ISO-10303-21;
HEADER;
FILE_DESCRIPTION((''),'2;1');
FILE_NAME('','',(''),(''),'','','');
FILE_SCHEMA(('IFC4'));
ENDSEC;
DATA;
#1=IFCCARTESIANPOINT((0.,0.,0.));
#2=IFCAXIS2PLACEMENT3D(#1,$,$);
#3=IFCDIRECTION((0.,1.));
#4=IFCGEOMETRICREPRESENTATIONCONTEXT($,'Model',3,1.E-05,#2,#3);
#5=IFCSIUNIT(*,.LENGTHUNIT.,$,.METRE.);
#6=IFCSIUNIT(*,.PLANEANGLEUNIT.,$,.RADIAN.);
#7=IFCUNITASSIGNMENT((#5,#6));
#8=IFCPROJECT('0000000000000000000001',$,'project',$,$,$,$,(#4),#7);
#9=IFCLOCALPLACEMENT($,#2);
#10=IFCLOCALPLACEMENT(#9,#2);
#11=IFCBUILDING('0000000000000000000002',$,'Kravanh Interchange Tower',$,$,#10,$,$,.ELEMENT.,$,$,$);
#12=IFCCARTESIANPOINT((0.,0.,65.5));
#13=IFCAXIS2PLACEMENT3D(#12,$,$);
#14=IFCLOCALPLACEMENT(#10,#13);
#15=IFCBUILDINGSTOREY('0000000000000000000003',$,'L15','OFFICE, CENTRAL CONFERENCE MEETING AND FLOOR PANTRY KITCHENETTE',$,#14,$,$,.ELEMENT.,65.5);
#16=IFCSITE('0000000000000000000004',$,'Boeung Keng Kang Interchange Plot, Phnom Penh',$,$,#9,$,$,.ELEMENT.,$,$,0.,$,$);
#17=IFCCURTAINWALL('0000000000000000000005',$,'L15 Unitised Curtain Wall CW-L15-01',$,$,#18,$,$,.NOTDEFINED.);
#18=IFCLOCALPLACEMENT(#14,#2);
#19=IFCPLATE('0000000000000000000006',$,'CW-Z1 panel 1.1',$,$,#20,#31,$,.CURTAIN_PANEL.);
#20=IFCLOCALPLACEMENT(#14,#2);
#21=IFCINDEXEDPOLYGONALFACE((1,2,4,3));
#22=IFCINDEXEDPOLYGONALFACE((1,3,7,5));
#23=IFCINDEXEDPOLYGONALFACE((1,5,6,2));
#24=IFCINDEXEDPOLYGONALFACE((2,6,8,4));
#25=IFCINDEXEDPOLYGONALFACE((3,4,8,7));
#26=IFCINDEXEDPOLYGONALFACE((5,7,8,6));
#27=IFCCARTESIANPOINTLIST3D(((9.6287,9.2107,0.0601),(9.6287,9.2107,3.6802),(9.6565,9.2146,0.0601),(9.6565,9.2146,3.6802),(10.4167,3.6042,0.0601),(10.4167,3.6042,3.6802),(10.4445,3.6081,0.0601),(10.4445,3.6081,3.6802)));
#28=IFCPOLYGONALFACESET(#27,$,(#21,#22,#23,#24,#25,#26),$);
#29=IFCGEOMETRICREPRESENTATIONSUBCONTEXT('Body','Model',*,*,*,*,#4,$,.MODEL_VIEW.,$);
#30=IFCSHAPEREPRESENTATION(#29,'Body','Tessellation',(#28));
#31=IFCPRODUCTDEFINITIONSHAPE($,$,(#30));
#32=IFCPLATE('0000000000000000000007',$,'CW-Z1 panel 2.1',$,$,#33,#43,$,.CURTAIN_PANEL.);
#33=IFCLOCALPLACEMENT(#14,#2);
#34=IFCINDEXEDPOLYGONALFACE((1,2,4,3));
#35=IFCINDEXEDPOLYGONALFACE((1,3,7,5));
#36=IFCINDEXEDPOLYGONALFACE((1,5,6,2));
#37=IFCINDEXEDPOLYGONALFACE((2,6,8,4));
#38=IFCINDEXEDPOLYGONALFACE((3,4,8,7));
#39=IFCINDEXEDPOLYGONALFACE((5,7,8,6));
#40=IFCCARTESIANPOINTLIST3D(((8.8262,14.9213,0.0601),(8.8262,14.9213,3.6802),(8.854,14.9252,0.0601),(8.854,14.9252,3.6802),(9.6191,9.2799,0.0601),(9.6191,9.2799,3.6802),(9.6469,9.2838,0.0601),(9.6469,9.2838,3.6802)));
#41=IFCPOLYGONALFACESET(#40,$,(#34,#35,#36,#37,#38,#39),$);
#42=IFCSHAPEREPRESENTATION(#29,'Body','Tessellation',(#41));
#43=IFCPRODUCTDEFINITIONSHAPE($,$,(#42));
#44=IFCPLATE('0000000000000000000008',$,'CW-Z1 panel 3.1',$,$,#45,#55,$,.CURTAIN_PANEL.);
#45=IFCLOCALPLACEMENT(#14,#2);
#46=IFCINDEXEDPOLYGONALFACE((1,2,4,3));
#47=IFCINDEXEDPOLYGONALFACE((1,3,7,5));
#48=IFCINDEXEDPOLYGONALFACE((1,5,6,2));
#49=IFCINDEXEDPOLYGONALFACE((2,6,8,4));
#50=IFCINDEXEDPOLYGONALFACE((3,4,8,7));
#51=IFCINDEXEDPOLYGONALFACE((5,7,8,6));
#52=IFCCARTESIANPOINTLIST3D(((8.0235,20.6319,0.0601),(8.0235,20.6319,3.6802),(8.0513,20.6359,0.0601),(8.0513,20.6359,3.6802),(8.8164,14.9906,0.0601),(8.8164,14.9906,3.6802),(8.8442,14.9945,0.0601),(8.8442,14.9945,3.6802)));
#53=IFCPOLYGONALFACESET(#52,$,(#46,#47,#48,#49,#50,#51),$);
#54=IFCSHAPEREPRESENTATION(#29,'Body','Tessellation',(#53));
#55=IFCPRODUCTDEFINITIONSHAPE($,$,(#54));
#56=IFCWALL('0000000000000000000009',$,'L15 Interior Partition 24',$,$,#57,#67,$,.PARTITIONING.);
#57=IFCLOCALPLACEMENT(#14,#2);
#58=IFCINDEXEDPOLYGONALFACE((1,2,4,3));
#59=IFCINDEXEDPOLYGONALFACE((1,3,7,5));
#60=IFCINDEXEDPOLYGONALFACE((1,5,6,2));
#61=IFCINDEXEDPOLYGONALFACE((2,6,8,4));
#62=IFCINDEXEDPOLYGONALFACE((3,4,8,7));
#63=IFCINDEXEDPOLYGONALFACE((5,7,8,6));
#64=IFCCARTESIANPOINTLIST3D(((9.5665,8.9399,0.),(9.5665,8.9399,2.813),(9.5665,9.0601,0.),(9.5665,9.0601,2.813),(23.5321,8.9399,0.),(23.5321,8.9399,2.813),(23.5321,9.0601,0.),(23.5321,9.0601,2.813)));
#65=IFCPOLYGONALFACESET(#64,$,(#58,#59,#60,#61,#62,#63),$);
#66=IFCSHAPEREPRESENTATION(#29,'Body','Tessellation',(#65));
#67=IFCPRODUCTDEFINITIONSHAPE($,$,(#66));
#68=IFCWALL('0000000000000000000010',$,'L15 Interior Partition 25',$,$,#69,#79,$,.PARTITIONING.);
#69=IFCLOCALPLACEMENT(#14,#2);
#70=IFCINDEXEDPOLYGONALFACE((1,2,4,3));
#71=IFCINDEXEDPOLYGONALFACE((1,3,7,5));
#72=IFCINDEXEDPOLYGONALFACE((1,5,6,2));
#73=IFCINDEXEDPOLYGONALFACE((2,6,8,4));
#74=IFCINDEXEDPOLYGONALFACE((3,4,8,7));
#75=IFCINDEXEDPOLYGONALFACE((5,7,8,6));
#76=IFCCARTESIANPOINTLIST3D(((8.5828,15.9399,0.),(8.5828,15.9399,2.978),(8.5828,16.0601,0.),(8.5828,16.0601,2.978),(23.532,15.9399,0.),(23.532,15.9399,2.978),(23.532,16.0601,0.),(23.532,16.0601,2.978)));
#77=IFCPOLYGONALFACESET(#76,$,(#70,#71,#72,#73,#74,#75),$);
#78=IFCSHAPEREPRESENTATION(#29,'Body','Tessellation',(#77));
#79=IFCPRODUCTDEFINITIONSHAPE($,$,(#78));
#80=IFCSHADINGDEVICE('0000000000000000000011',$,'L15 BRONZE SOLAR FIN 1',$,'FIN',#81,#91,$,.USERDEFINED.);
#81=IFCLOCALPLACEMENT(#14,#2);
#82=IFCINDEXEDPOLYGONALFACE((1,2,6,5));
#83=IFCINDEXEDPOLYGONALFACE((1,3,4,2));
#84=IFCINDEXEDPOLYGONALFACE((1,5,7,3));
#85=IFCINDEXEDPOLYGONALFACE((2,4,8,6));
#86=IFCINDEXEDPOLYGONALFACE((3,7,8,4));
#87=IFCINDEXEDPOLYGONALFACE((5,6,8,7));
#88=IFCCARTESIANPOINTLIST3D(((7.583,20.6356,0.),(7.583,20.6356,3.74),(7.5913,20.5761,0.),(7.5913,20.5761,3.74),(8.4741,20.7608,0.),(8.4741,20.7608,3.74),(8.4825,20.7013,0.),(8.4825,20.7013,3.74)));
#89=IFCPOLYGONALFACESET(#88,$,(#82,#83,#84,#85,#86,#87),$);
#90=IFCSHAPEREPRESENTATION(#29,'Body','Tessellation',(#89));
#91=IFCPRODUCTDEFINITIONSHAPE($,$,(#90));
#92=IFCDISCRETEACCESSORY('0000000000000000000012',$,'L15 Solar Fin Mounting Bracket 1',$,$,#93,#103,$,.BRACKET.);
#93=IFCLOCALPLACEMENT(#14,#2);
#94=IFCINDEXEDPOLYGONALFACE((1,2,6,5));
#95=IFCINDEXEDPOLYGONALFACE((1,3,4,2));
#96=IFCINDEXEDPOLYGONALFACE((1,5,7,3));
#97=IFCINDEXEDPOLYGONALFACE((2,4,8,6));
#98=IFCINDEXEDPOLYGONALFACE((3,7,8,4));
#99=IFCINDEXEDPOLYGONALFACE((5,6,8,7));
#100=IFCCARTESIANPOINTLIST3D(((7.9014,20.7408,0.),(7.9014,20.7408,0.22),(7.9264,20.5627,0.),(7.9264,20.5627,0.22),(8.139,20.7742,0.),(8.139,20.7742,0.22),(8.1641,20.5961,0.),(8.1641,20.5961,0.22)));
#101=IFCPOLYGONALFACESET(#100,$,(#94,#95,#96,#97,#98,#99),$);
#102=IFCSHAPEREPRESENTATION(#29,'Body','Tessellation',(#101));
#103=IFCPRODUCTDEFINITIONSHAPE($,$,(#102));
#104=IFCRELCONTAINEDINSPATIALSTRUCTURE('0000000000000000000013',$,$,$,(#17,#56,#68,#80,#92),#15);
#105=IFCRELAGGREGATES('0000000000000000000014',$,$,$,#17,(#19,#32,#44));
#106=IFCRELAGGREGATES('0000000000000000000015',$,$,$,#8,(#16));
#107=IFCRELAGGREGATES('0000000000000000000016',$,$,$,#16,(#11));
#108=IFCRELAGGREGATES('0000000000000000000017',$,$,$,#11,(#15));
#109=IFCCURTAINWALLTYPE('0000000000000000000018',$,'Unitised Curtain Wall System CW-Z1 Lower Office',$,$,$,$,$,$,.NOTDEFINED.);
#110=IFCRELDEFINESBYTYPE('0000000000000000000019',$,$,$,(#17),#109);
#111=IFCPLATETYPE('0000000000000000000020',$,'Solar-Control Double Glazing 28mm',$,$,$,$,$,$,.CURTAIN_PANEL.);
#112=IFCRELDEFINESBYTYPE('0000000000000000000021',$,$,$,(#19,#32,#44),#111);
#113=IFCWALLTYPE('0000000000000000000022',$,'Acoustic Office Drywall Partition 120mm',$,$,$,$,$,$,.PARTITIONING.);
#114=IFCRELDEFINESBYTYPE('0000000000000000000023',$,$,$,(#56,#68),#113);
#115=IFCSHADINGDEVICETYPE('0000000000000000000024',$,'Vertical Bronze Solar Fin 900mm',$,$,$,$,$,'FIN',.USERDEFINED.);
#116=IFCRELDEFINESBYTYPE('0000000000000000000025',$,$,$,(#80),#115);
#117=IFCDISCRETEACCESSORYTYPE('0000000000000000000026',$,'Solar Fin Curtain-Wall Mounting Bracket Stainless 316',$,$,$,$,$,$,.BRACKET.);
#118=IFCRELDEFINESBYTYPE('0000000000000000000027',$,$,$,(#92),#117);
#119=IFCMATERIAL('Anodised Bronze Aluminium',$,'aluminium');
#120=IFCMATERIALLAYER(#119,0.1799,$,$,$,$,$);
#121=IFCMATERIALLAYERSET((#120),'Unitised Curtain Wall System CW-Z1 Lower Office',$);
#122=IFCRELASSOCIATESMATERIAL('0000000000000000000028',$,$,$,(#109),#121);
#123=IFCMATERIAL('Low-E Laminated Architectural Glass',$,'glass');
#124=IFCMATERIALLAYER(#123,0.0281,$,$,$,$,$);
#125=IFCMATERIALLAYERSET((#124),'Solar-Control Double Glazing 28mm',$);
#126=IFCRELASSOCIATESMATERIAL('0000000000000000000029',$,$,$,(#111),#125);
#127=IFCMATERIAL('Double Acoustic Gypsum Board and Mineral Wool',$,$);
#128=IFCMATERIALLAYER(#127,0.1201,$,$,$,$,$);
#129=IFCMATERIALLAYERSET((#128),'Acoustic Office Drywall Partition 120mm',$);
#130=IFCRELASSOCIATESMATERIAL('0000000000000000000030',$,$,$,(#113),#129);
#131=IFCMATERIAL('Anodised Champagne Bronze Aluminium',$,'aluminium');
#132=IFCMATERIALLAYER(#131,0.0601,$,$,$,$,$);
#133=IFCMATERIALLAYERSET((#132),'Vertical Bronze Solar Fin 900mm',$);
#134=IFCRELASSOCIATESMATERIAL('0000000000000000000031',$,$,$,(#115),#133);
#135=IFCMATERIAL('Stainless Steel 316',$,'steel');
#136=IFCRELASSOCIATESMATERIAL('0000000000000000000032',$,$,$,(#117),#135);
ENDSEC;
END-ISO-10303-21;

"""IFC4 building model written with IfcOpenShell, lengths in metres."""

from ifc_helpers import new_model, si_unit, direction, frame, frame_2d, origin, origin_2d, place, context, subcontext, project, spatial, rectangle, extrude, material, layer, layer_set, type_object, element, aggregate, save


model = new_model("IFC4")

# Units and contexts
model_context = context("Model", 3, precision=1e-05, world=origin(), true_north=direction((0.0, 1.0)))
body_context = subcontext(model_context, "Body", "Model", "MODEL_VIEW")
ifc_project = project(units=[si_unit("LENGTHUNIT", "METRE"), si_unit("PLANEANGLEUNIT", "RADIAN")], contexts=[model_context])

# Site, building, storey
site_placement = place(None, origin())
site = spatial("IfcSite", under=ifc_project, at=site_placement, Name="Boeung Keng Kang Interchange Plot, Phnom Penh", CompositionType="ELEMENT", RefElevation=0.0)
building_placement = place(site_placement, origin())
building = spatial("IfcBuilding", under=site, at=building_placement, Name="Kravanh Interchange Tower", CompositionType="ELEMENT")
storey_placement = place(building_placement, frame((0.0, 0.0, 65.5)))
storey = spatial("IfcBuildingStorey", under=building, at=storey_placement, Name="L15", Description="OFFICE, CENTRAL CONFERENCE MEETING AND FLOOR PANTRY KITCHENETTE", CompositionType="ELEMENT", Elevation=65.5)

# Curtain wall
ifc_material_1 = material(Name="Anodised Bronze Aluminium", Category="aluminium")
ifc_layer_1 = layer(ifc_material_1, 0.1799)
ifc_layer_set_1 = layer_set([ifc_layer_1], Name="Unitised Curtain Wall System CW-Z1 Lower Office")
curtain_wall_type = type_object("IfcCurtainWallType", Name="Unitised Curtain Wall System CW-Z1 Lower Office", PredefinedType="NOTDEFINED", material=ifc_layer_set_1)
curtain_wall_placement = place(storey_placement, origin())
curtain_wall = element("IfcCurtainWall", 1, at=curtain_wall_placement, inside=storey, type_object=curtain_wall_type, Name="L15 Unitised Curtain Wall CW-L15-01", PredefinedType="NOTDEFINED")

# Plates
ifc_material_2 = material(Name="Low-E Laminated Architectural Glass", Category="glass")
ifc_layer_2 = layer(ifc_material_2, 0.0281)
ifc_layer_set_2 = layer_set([ifc_layer_2], Name="Solar-Control Double Glazing 28mm")
plate_type = type_object("IfcPlateType", Name="Solar-Control Double Glazing 28mm", PredefinedType="CURTAIN_PANEL", material=ifc_layer_set_2)
plate_1_placement = place(storey_placement, frame((10.0366, 6.4094, 0.0601), z_axis=(0.0, 0.0, 1.0), x_axis=(-0.139177, 0.990268, 0.0)))
plate_1 = element("IfcPlate", 2, at=plate_1_placement, type_object=plate_type, Name="CW-Z1 panel 1.1", PredefinedType="CURTAIN_PANEL", context=body_context, shape_type="SweptSolid", body=[
    extrude(rectangle(XDim=5.6616, YDim=0.0281, at=origin_2d()), origin(), (0.0, 0.0, 1.0), 3.6201),
])
plate_2_placement = place(storey_placement, frame((9.2366, 12.1025, 0.0601), z_axis=(0.0, 0.0, 1.0), x_axis=(-0.139177, 0.990268, 0.0)))
plate_2 = element("IfcPlate", 3, at=plate_2_placement, type_object=plate_type, Name="CW-Z1 panel 2.1", PredefinedType="CURTAIN_PANEL", context=body_context, shape_type="SweptSolid", body=[
    extrude(rectangle(XDim=5.6968, YDim=0.0281, at=origin_2d()), origin(), (0.0, 0.0, 1.0), 3.6201),
])
plate_3_placement = place(storey_placement, frame((8.4338, 17.8132, 0.0601), z_axis=(0.0, 0.0, 1.0), x_axis=(-0.139177, 0.990268, 0.0)))
plate_3 = element("IfcPlate", 4, at=plate_3_placement, type_object=plate_type, Name="CW-Z1 panel 3.1", PredefinedType="CURTAIN_PANEL", context=body_context, shape_type="SweptSolid", body=[
    extrude(rectangle(XDim=5.6968, YDim=0.0281, at=origin_2d()), origin(), (0.0, 0.0, 1.0), 3.6201),
])
aggregate(curtain_wall, [plate_1, plate_2, plate_3])

# Walls
ifc_material_3 = material(Name="Double Acoustic Gypsum Board and Mineral Wool")
ifc_layer_3 = layer(ifc_material_3, 0.1201)
ifc_layer_set_3 = layer_set([ifc_layer_3], Name="Acoustic Office Drywall Partition 120mm")
wall_type = type_object("IfcWallType", Name="Acoustic Office Drywall Partition 120mm", PredefinedType="PARTITIONING", material=ifc_layer_set_3)
wall_1_placement = place(storey_placement, frame((9.5664, 9.0, 0.0), z_axis=(0.0, 0.0, 1.0), x_axis=(1.0, 0.0, 0.0)))
element("IfcWall", 5, at=wall_1_placement, inside=storey, type_object=wall_type, Name="L15 Interior Partition 24", PredefinedType="PARTITIONING", context=body_context, shape_type="SweptSolid", body=[
    extrude(rectangle(XDim=13.9656, YDim=0.1201, at=frame_2d((6.9829, 0.0))), origin(), (0.0, 0.0, 1.0), 2.813),
])
wall_2_placement = place(storey_placement, frame((8.5828, 16.0, 0.0), z_axis=(0.0, 0.0, 1.0), x_axis=(1.0, 0.0, 0.0)))
element("IfcWall", 6, at=wall_2_placement, inside=storey, type_object=wall_type, Name="L15 Interior Partition 25", PredefinedType="PARTITIONING", context=body_context, shape_type="SweptSolid", body=[
    extrude(rectangle(XDim=14.9492, YDim=0.1201, at=frame_2d((7.4746, 0.0))), origin(), (0.0, 0.0, 1.0), 2.978),
])

# Shading device
ifc_material_4 = material(Name="Anodised Champagne Bronze Aluminium", Category="aluminium")
ifc_layer_4 = layer(ifc_material_4, 0.0601)
ifc_layer_set_4 = layer_set([ifc_layer_4], Name="Vertical Bronze Solar Fin 900mm")
shading_device_type = type_object("IfcShadingDeviceType", Name="Vertical Bronze Solar Fin 900mm", ElementType="FIN", PredefinedType="USERDEFINED", material=ifc_layer_set_4)
shading_device_placement = place(storey_placement, frame((8.0327, 20.6685, 0.0), z_axis=(0.0, 0.0, 1.0), x_axis=(-0.990268, -0.139175, 0.0)))
element("IfcShadingDevice", 7, at=shading_device_placement, inside=storey, type_object=shading_device_type, Name="L15 BRONZE SOLAR FIN 1", ObjectType="FIN", PredefinedType="USERDEFINED", context=body_context, shape_type="SweptSolid", body=[
    extrude(rectangle(XDim=0.8999, YDim=0.0601, at=origin_2d()), origin(), (0.0, 0.0, 1.0), 3.74),
])

# Discrete accessory
ifc_material_5 = material(Name="Stainless Steel 316", Category="steel")
discrete_accessory_type = type_object("IfcDiscreteAccessoryType", Name="Solar Fin Curtain-Wall Mounting Bracket Stainless 316", PredefinedType="BRACKET", material=ifc_material_5)
discrete_accessory_placement = place(storey_placement, frame((8.0327, 20.6685, 0.0), z_axis=(0.0, 0.0, 1.0), x_axis=(-0.990268, -0.139175, 0.0)))
element("IfcDiscreteAccessory", 8, at=discrete_accessory_placement, inside=storey, type_object=discrete_accessory_type, Name="L15 Solar Fin Mounting Bracket 1", PredefinedType="BRACKET", context=body_context, shape_type="SweptSolid", body=[
    extrude(rectangle(XDim=0.24, YDim=0.1799, at=origin_2d()), origin(), (0.0, 0.0, 1.0), 0.22),
])

save(model, "model.ifc")
